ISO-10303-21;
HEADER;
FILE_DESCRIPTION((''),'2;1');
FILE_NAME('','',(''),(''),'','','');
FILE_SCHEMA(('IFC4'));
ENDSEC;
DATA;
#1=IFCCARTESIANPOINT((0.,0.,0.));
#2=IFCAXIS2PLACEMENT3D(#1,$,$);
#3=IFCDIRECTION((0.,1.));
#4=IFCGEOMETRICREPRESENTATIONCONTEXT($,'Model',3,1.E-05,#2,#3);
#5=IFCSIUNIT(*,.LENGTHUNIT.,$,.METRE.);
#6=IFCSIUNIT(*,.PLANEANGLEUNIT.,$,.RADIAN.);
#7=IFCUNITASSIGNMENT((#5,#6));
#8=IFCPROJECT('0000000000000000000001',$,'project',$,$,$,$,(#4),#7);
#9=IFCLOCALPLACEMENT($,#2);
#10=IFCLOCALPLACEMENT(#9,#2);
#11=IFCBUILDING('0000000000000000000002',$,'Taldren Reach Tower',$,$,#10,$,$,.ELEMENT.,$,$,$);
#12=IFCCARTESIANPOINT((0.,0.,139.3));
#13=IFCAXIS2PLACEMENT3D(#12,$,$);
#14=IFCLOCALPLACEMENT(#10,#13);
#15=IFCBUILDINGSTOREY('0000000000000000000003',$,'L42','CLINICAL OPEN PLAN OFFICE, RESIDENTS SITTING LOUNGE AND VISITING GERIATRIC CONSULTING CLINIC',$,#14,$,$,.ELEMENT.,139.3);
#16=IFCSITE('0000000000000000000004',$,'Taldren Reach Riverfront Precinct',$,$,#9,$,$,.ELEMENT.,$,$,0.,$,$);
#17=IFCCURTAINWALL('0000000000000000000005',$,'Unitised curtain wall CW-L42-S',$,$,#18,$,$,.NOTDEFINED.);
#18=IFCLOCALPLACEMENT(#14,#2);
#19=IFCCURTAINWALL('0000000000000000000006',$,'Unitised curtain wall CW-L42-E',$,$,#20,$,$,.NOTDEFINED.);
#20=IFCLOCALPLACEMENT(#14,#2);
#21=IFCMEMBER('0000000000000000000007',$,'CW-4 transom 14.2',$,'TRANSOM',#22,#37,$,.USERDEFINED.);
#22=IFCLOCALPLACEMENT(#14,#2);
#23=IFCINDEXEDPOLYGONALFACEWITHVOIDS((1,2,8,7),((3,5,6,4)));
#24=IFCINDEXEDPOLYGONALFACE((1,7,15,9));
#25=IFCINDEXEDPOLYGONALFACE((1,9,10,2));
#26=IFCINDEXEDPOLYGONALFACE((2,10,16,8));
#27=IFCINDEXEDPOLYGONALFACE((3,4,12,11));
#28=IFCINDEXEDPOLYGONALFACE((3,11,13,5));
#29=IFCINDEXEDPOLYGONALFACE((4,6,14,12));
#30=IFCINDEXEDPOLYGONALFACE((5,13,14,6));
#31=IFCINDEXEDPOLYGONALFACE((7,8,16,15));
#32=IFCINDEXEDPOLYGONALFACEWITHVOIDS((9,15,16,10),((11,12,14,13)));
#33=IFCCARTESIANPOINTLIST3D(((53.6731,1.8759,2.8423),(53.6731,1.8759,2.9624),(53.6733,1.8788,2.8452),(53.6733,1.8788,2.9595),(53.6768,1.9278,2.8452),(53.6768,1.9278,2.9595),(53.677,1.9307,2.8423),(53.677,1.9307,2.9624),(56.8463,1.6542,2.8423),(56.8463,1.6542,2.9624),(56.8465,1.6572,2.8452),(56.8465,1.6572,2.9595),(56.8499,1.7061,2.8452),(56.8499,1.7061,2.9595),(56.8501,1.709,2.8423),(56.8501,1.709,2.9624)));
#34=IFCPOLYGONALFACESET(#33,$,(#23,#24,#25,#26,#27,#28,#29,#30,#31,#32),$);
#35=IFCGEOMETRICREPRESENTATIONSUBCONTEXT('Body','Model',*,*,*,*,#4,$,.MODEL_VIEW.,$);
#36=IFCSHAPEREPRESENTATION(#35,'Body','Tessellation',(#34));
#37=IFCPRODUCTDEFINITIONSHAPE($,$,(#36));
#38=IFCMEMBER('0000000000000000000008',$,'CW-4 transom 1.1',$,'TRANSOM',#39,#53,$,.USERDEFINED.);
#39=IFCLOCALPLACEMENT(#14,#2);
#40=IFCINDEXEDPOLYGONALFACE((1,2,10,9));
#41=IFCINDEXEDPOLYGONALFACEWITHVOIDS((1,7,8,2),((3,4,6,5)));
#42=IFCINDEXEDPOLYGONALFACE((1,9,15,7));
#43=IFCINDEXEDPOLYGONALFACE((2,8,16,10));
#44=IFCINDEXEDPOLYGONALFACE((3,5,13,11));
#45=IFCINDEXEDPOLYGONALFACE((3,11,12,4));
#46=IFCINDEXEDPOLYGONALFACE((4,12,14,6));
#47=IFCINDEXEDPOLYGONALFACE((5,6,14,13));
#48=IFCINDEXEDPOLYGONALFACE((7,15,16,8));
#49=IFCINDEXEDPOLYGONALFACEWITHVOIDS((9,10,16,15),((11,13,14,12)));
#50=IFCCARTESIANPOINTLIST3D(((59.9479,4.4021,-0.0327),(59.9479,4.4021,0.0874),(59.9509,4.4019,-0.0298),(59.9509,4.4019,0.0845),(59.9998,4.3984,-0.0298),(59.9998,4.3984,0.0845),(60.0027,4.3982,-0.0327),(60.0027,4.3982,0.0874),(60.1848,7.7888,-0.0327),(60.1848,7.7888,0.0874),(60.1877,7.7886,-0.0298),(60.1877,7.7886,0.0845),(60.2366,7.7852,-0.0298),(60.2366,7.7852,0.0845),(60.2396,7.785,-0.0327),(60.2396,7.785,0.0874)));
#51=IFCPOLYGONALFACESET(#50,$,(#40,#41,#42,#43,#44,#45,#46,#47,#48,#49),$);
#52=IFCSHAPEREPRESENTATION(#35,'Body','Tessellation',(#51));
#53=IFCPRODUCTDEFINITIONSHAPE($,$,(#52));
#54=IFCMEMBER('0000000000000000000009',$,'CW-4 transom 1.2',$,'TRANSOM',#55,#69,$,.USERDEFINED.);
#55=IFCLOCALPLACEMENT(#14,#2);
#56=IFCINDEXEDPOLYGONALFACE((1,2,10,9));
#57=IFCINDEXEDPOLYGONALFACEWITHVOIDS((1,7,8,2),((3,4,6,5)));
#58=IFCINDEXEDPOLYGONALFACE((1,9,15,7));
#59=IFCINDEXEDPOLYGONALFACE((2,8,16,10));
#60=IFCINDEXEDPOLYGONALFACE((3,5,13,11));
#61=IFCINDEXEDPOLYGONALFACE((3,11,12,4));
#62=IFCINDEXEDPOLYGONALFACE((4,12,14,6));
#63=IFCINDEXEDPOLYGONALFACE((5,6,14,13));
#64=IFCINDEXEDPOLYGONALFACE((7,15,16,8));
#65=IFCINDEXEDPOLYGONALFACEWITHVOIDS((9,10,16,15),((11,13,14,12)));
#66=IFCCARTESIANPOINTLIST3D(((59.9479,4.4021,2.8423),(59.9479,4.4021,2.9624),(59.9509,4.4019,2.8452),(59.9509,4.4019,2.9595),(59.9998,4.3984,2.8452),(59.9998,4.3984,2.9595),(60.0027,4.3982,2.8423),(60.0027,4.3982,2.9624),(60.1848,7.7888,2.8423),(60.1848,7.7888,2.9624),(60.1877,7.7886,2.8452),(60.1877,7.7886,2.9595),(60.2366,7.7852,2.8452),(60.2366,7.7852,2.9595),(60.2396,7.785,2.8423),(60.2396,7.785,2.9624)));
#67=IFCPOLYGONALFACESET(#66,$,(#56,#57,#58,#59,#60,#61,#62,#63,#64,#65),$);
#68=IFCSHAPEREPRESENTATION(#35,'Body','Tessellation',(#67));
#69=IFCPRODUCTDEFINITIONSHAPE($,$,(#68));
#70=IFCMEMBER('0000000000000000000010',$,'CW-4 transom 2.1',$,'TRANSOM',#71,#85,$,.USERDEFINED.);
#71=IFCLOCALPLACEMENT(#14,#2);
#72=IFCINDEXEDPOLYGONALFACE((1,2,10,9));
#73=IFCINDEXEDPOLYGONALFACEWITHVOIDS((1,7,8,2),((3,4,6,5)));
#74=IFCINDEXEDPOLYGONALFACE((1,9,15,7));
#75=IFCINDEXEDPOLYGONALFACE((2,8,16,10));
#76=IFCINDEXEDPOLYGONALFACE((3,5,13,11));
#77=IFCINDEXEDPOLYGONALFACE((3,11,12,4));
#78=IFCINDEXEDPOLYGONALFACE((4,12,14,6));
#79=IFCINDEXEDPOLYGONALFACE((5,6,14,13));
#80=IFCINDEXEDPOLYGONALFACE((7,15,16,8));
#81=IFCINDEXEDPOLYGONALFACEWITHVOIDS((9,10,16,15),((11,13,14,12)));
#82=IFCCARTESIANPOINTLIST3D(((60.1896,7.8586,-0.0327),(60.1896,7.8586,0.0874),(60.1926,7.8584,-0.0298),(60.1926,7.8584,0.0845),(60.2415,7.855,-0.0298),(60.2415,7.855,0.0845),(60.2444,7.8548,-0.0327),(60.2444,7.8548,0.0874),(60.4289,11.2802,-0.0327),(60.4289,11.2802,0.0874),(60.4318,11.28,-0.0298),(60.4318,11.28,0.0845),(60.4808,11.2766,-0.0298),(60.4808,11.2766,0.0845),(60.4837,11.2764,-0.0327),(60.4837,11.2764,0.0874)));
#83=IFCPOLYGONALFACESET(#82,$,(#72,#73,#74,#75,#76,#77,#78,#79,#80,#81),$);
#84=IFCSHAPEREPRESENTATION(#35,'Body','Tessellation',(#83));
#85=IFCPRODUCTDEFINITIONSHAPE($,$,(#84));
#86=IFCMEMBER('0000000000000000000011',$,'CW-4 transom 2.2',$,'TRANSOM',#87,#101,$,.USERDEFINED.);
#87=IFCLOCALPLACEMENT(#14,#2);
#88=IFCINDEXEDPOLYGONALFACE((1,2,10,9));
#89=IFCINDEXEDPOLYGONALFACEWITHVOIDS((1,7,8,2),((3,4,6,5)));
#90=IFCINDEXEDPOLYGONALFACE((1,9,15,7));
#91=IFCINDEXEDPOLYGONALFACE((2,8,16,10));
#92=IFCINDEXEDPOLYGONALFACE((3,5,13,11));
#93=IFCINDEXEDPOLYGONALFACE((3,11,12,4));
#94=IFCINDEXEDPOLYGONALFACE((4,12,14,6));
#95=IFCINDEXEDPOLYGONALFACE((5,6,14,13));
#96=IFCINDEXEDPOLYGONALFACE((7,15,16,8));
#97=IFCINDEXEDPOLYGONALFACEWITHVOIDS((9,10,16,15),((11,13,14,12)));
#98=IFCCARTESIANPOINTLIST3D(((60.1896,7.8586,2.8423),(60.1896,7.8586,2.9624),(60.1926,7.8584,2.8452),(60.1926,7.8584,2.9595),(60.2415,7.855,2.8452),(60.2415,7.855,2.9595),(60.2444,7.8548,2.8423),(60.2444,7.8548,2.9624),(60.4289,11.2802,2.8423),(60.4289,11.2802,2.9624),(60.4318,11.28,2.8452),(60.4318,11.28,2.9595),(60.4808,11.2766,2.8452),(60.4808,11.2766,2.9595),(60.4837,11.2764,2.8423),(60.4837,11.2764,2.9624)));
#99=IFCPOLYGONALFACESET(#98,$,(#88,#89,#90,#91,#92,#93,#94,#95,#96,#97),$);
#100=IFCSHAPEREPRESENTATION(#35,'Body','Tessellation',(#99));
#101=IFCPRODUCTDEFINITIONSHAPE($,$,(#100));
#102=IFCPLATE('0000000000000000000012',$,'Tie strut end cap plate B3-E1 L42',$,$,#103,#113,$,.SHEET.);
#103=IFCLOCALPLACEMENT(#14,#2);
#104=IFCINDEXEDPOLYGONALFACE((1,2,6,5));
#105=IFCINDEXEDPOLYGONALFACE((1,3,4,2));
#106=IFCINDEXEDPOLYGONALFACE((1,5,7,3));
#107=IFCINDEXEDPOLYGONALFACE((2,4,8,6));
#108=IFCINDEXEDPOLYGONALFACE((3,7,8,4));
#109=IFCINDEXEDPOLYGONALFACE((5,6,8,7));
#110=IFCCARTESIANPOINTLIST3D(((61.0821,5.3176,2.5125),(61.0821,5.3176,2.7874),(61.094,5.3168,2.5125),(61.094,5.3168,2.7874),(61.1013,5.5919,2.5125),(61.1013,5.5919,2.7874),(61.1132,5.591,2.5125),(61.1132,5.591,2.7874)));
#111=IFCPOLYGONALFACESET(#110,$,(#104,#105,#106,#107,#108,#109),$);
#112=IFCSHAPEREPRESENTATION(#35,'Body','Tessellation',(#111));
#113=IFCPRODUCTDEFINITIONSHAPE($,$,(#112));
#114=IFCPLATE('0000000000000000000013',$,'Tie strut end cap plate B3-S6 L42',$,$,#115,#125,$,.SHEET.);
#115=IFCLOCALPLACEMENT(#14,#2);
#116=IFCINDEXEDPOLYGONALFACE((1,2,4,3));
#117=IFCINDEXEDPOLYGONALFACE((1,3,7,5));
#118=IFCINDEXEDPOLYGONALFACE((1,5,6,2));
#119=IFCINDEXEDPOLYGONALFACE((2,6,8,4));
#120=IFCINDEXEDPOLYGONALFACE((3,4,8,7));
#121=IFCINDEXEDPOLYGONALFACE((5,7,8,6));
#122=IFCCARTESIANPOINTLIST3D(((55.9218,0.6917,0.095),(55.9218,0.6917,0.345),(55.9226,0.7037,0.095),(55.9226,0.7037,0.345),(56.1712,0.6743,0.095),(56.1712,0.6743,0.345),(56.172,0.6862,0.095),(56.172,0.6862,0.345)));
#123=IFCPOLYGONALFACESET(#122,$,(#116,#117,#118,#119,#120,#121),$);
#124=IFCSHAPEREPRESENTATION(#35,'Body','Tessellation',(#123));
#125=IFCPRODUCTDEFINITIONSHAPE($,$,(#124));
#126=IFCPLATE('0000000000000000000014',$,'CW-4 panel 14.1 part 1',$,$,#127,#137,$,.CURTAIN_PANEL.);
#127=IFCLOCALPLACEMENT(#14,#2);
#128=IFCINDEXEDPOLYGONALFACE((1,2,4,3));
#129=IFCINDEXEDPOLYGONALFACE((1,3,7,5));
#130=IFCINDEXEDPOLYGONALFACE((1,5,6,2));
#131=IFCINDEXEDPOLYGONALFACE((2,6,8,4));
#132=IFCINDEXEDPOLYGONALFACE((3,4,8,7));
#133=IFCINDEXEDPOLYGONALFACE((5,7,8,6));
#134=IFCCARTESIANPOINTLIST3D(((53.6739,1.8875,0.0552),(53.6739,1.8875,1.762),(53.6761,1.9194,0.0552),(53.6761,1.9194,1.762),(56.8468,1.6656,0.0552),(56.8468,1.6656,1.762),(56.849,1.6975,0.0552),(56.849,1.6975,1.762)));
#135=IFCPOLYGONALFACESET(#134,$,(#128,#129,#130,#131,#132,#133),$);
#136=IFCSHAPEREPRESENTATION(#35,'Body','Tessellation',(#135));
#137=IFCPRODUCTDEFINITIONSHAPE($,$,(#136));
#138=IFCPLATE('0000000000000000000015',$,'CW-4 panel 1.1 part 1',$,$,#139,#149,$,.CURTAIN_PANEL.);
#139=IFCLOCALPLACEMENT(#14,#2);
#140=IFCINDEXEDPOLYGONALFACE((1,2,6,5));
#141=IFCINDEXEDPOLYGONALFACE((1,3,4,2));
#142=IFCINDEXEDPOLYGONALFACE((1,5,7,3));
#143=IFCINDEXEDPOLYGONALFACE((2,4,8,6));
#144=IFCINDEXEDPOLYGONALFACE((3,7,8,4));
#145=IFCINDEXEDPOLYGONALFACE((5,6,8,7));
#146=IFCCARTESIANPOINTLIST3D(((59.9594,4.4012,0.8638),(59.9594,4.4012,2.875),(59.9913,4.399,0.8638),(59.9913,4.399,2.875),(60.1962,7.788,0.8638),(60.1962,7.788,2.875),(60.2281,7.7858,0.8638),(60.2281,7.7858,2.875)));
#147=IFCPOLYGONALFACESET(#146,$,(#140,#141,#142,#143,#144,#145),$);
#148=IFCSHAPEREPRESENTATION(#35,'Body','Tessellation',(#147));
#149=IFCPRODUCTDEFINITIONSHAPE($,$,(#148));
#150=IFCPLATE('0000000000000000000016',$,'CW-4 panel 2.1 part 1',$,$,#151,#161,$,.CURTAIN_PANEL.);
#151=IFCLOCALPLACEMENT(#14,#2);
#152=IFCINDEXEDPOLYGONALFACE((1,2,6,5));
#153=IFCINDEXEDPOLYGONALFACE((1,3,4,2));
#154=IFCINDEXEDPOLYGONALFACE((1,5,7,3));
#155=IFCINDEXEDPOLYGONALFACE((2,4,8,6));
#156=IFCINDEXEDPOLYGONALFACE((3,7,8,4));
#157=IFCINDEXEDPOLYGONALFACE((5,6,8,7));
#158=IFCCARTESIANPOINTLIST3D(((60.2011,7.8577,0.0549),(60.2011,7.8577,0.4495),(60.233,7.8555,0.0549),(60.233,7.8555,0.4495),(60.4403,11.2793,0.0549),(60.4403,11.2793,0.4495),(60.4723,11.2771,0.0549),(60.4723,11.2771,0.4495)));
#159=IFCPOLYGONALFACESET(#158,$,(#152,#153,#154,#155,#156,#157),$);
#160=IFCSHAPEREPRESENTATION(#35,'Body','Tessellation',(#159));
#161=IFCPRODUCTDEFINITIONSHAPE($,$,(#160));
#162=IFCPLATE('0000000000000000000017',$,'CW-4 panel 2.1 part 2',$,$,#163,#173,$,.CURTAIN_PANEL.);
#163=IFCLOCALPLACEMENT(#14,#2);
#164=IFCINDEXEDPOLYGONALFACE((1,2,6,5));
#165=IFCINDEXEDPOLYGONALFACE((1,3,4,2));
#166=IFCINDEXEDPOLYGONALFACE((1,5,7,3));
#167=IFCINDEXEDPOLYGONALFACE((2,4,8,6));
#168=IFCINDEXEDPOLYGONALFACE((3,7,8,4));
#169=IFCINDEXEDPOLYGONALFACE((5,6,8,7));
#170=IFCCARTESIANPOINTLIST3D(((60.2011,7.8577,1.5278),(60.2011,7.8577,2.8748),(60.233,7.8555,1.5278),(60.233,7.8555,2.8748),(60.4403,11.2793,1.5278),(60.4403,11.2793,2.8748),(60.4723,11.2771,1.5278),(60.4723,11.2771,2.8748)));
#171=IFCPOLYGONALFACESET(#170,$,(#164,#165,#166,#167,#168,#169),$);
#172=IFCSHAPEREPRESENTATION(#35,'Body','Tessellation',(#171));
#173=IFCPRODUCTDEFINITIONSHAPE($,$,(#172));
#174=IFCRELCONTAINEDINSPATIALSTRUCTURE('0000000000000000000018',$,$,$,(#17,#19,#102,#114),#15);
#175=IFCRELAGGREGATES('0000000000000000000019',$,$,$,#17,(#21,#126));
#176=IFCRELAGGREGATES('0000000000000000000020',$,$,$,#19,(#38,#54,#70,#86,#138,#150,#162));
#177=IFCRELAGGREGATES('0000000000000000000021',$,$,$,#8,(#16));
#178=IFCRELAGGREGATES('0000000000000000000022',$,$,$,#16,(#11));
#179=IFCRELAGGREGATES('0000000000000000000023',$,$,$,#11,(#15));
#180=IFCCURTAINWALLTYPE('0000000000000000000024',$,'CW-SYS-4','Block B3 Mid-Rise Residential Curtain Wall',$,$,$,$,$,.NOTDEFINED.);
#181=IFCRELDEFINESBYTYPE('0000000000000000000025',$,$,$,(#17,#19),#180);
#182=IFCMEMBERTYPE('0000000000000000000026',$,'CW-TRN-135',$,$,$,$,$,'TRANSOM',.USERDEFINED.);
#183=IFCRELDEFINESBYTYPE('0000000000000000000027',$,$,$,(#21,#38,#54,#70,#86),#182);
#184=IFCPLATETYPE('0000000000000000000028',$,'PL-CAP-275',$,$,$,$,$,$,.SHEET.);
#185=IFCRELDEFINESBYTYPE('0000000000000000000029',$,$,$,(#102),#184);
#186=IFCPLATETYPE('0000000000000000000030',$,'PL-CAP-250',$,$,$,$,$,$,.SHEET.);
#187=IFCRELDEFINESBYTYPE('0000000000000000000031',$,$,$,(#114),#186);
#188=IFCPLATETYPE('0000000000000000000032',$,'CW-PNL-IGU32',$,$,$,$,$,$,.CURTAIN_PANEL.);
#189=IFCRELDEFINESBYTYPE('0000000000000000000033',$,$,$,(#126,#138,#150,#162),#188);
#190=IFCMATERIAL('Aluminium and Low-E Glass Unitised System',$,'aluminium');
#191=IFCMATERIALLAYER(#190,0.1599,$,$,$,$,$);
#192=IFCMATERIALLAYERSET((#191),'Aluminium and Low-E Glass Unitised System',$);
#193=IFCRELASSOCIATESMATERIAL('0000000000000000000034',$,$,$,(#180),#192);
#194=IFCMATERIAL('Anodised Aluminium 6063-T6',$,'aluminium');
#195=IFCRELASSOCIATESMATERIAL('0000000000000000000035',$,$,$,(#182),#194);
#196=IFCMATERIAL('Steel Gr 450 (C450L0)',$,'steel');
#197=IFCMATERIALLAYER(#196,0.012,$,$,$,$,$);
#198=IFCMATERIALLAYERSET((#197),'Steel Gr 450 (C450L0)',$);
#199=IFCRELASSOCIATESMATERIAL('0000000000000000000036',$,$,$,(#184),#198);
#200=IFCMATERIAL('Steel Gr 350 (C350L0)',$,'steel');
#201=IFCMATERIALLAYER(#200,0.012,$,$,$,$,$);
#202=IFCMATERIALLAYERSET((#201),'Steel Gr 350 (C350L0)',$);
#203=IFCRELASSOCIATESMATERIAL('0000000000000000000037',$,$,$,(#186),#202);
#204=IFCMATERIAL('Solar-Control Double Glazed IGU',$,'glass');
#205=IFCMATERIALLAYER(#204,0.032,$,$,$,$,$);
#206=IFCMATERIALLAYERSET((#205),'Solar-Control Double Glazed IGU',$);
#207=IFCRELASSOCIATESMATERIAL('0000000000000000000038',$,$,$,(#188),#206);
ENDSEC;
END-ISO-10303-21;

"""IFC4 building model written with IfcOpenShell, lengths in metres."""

from ifc_helpers import new_model, si_unit, direction, frame, origin, origin_2d, place, context, subcontext, project, spatial, rectangle, hollow_rectangle, extrude, source, transform, mapped, material, layer, layer_set, material_profile, profile_set, type_object, element, aggregate, save


model = new_model("IFC4")

# Units and contexts
model_context = context("Model", 3, precision=1e-05, world=origin(), true_north=direction((0.0, 1.0)))
body_context = subcontext(model_context, "Body", "Model", "MODEL_VIEW")
ifc_project = project(units=[si_unit("LENGTHUNIT", "METRE"), si_unit("PLANEANGLEUNIT", "RADIAN")], contexts=[model_context])

# Site, building, storey
site_placement = place(None, origin())
site = spatial("IfcSite", under=ifc_project, at=site_placement, Name="Taldren Reach Riverfront Precinct", CompositionType="ELEMENT", RefElevation=0.0)
building_placement = place(site_placement, origin())
building = spatial("IfcBuilding", under=site, at=building_placement, Name="Taldren Reach Tower", CompositionType="ELEMENT")
storey_placement = place(building_placement, frame((0.0, 0.0, 139.3)))
storey = spatial("IfcBuildingStorey", under=building, at=storey_placement, Name="L42", Description="CLINICAL OPEN PLAN OFFICE, RESIDENTS SITTING LOUNGE AND VISITING GERIATRIC CONSULTING CLINIC", CompositionType="ELEMENT", Elevation=139.3)

# Shared definitions
ifc_material_1 = material(Name="Steel Gr 450 (C450L0)", Category="steel")

# Shared definitions
ifc_material_2 = material(Name="Steel Gr 350 (C350L0)", Category="steel")

# Curtain walls
ifc_material_3 = material(Name="Aluminium and Low-E Glass Unitised System", Category="aluminium")
ifc_layer_1 = layer(ifc_material_3, 0.1599)
ifc_layer_set_1 = layer_set([ifc_layer_1], Name="Aluminium and Low-E Glass Unitised System")
curtain_wall_type = type_object("IfcCurtainWallType", Name="CW-SYS-4", Description="Block B3 Mid-Rise Residential Curtain Wall", PredefinedType="NOTDEFINED", material=ifc_layer_set_1)
curtain_wall_1_placement = place(storey_placement, origin())
curtain_wall_1 = element("IfcCurtainWall", 1, at=curtain_wall_1_placement, inside=storey, type_object=curtain_wall_type, Name="Unitised curtain wall CW-L42-S", PredefinedType="NOTDEFINED")
ifc_material_4 = material(Name="Anodised Aluminium 6063-T6", Category="aluminium")
curtain_wall_2_placement = place(storey_placement, origin())
curtain_wall_2 = element("IfcCurtainWall", 2, at=curtain_wall_2_placement, inside=storey, type_object=curtain_wall_type, Name="Unitised curtain wall CW-L42-E", PredefinedType="NOTDEFINED")

# Members
ifc_material_profile_1 = material_profile(ifc_material_4, hollow_rectangle(XDim=0.0549, YDim=0.1201, WallThickness=0.0029, at=origin_2d()), Name="ALU-120x55x3RHS")
ifc_profile_set_1 = profile_set([ifc_material_profile_1], Name="Anodised Aluminium 6063-T6")
member_type_1 = type_object("IfcMemberType", Name="CW-TRN-135", ElementType="TRANSOM", PredefinedType="USERDEFINED", material=ifc_profile_set_1)
shared_shape_1 = source(origin(), body_context, "Body", "SweptSolid", [
    extrude(hollow_rectangle(XDim=0.0549, YDim=0.1201, WallThickness=0.0029, at=origin_2d()), origin(), (0.0, 0.0, 1.0), 3.1809),
])
member_1_placement = place(storey_placement, frame((53.675, 1.9033, 2.9023), z_axis=(0.997569, -0.069692, 0.0), x_axis=(0.069692, 0.997569, 0.0)))
member_1 = element("IfcMember", 3, at=member_1_placement, type_object=member_type_1, Name="CW-4 transom 14.2", ObjectType="TRANSOM", PredefinedType="USERDEFINED", context=body_context, shape_type="MappedRepresentation", body=[
    mapped(shared_shape_1, transform((0.0, 0.0, 0.0), scale=1.0)),
])
shared_shape_2 = source(origin(), body_context, "Body", "SweptSolid", [
    extrude(hollow_rectangle(XDim=0.0549, YDim=0.1201, WallThickness=0.0029, at=origin_2d()), origin(), (0.0, 0.0, 1.0), 3.395),
])
member_2_placement = place(storey_placement, frame((59.9753, 4.4001, 0.0273), z_axis=(0.069755, 0.997564, 0.0), x_axis=(-0.997564, 0.069755, 0.0)))
member_2 = element("IfcMember", 4, at=member_2_placement, type_object=member_type_1, Name="CW-4 transom 1.1", ObjectType="TRANSOM", PredefinedType="USERDEFINED", context=body_context, shape_type="MappedRepresentation", body=[
    mapped(shared_shape_2, transform((0.0, 0.0, 0.0), scale=1.0)),
])
member_3_placement = place(storey_placement, frame((59.9753, 4.4001, 2.9023), z_axis=(0.069755, 0.997564, 0.0), x_axis=(-0.997564, 0.069755, 0.0)))
member_3 = element("IfcMember", 5, at=member_3_placement, type_object=member_type_1, Name="CW-4 transom 1.2", ObjectType="TRANSOM", PredefinedType="USERDEFINED", context=body_context, shape_type="MappedRepresentation", body=[
    mapped(shared_shape_2, transform((0.0, 0.0, 0.0), scale=1.0)),
])
shared_shape_3 = source(origin(), body_context, "Body", "SweptSolid", [
    extrude(hollow_rectangle(XDim=0.0549, YDim=0.1201, WallThickness=0.0029, at=origin_2d()), origin(), (0.0, 0.0, 1.0), 3.4299),
])
member_4_placement = place(storey_placement, frame((60.217, 7.8567, 0.0273), z_axis=(0.069755, 0.997564, 0.0), x_axis=(-0.997564, 0.069755, 0.0)))
member_4 = element("IfcMember", 6, at=member_4_placement, type_object=member_type_1, Name="CW-4 transom 2.1", ObjectType="TRANSOM", PredefinedType="USERDEFINED", context=body_context, shape_type="MappedRepresentation", body=[
    mapped(shared_shape_3, transform((0.0, 0.0, 0.0), scale=1.0)),
])
member_5_placement = place(storey_placement, frame((60.217, 7.8567, 2.9023), z_axis=(0.069755, 0.997564, 0.0), x_axis=(-0.997564, 0.069755, 0.0)))
member_5 = element("IfcMember", 7, at=member_5_placement, type_object=member_type_1, Name="CW-4 transom 2.2", ObjectType="TRANSOM", PredefinedType="USERDEFINED", context=body_context, shape_type="MappedRepresentation", body=[
    mapped(shared_shape_3, transform((0.0, 0.0, 0.0), scale=1.0)),
])

# Plates
ifc_layer_2 = layer(ifc_material_1, 0.012)
ifc_layer_set_2 = layer_set([ifc_layer_2], Name="Steel Gr 450 (C450L0)")
plate_type_1 = type_object("IfcPlateType", Name="PL-CAP-275", PredefinedType="SHEET", material=ifc_layer_set_2)
shared_shape_4 = source(origin(), body_context, "Body", "SweptSolid", [
    extrude(rectangle(XDim=0.012, YDim=0.2749, at=origin_2d()), origin(), (0.0, 0.0, 1.0), 0.2749),
])
plate_1_placement = place(storey_placement, frame((61.0977, 5.4543, 2.5125), z_axis=(0.0, 0.0, 1.0), x_axis=(0.997564, -0.069756, 0.0)))
element("IfcPlate", 8, at=plate_1_placement, inside=storey, type_object=plate_type_1, Name="Tie strut end cap plate B3-E1 L42", PredefinedType="SHEET", context=body_context, shape_type="MappedRepresentation", body=[
    mapped(shared_shape_4, transform((0.0, 0.0, 0.0), scale=1.0)),
])
ifc_layer_3 = layer(ifc_material_2, 0.012)
ifc_layer_set_3 = layer_set([ifc_layer_3], Name="Steel Gr 350 (C350L0)")
plate_type_2 = type_object("IfcPlateType", Name="PL-CAP-250", PredefinedType="SHEET", material=ifc_layer_set_3)
shared_shape_5 = source(origin(), body_context, "Body", "SweptSolid", [
    extrude(rectangle(XDim=0.25, YDim=0.012, at=origin_2d()), origin(), (0.0, 0.0, 1.0), 0.25),
])
plate_2_placement = place(storey_placement, frame((56.0469, 0.689, 0.095), z_axis=(0.0, 0.0, 1.0), x_axis=(0.997564, -0.069756, 0.0)))
element("IfcPlate", 9, at=plate_2_placement, inside=storey, type_object=plate_type_2, Name="Tie strut end cap plate B3-S6 L42", PredefinedType="SHEET", context=body_context, shape_type="MappedRepresentation", body=[
    mapped(shared_shape_5, transform((0.0, 0.0, 0.0), scale=1.0)),
])

# Plates
ifc_material_5 = material(Name="Solar-Control Double Glazed IGU", Category="glass")
ifc_layer_4 = layer(ifc_material_5, 0.032)
ifc_layer_set_4 = layer_set([ifc_layer_4], Name="Solar-Control Double Glazed IGU")
plate_type_3 = type_object("IfcPlateType", Name="CW-PNL-IGU32", PredefinedType="CURTAIN_PANEL", material=ifc_layer_set_4)
shared_shape_6 = source(origin(), body_context, "Body", "SweptSolid", [
    extrude(rectangle(XDim=3.1807, YDim=0.032, at=origin_2d()), origin(), (0.0, 0.0, 1.0), 1.7068),
])
plate_3_placement = place(storey_placement, frame((55.2615, 1.7925, 0.0552), z_axis=(0.0, 0.0, 1.0), x_axis=(0.997564, -0.069757, 0.0)))
plate_3 = element("IfcPlate", 10, at=plate_3_placement, type_object=plate_type_3, Name="CW-4 panel 14.1 part 1", PredefinedType="CURTAIN_PANEL", context=body_context, shape_type="MappedRepresentation", body=[
    mapped(shared_shape_6, transform((0.0, 0.0, 0.0), scale=1.0)),
])
aggregate(curtain_wall_1, [member_1, plate_3])
shared_shape_7 = source(origin(), body_context, "Body", "SweptSolid", [
    extrude(rectangle(XDim=3.395, YDim=0.032, at=origin_2d()), origin(), (0.0, 0.0, 1.0), 2.0112),
])
plate_4_placement = place(storey_placement, frame((60.0938, 6.0935, 0.8638), z_axis=(0.0, 0.0, 1.0), x_axis=(0.069756, 0.997564, 0.0)))
plate_4 = element("IfcPlate", 11, at=plate_4_placement, type_object=plate_type_3, Name="CW-4 panel 1.1 part 1", PredefinedType="CURTAIN_PANEL", context=body_context, shape_type="MappedRepresentation", body=[
    mapped(shared_shape_7, transform((0.0, 0.0, 0.0), scale=1.0)),
])
shared_shape_8 = source(origin(), body_context, "Body", "SweptSolid", [
    extrude(rectangle(XDim=3.4299, YDim=0.032, at=origin_2d()), origin(), (0.0, 0.0, 1.0), 0.3945),
])
plate_5_placement = place(storey_placement, frame((60.3367, 9.5674, 0.0549), z_axis=(0.0, 0.0, 1.0), x_axis=(0.069756, 0.997564, 0.0)))
plate_5 = element("IfcPlate", 12, at=plate_5_placement, type_object=plate_type_3, Name="CW-4 panel 2.1 part 1", PredefinedType="CURTAIN_PANEL", context=body_context, shape_type="MappedRepresentation", body=[
    mapped(shared_shape_8, transform((0.0, 0.0, 0.0), scale=1.0)),
])
shared_shape_9 = source(origin(), body_context, "Body", "SweptSolid", [
    extrude(rectangle(XDim=3.4299, YDim=0.032, at=origin_2d()), origin(), (0.0, 0.0, 1.0), 1.3469),
])
plate_6_placement = place(storey_placement, frame((60.3367, 9.5674, 1.5278), z_axis=(0.0, 0.0, 1.0), x_axis=(0.069756, 0.997564, 0.0)))
plate_6 = element("IfcPlate", 13, at=plate_6_placement, type_object=plate_type_3, Name="CW-4 panel 2.1 part 2", PredefinedType="CURTAIN_PANEL", context=body_context, shape_type="MappedRepresentation", body=[
    mapped(shared_shape_9, transform((0.0, 0.0, 0.0), scale=1.0)),
])
aggregate(curtain_wall_2, [member_2, member_3, member_4, member_5, plate_4, plate_5, plate_6])

save(model, "model.ifc")
